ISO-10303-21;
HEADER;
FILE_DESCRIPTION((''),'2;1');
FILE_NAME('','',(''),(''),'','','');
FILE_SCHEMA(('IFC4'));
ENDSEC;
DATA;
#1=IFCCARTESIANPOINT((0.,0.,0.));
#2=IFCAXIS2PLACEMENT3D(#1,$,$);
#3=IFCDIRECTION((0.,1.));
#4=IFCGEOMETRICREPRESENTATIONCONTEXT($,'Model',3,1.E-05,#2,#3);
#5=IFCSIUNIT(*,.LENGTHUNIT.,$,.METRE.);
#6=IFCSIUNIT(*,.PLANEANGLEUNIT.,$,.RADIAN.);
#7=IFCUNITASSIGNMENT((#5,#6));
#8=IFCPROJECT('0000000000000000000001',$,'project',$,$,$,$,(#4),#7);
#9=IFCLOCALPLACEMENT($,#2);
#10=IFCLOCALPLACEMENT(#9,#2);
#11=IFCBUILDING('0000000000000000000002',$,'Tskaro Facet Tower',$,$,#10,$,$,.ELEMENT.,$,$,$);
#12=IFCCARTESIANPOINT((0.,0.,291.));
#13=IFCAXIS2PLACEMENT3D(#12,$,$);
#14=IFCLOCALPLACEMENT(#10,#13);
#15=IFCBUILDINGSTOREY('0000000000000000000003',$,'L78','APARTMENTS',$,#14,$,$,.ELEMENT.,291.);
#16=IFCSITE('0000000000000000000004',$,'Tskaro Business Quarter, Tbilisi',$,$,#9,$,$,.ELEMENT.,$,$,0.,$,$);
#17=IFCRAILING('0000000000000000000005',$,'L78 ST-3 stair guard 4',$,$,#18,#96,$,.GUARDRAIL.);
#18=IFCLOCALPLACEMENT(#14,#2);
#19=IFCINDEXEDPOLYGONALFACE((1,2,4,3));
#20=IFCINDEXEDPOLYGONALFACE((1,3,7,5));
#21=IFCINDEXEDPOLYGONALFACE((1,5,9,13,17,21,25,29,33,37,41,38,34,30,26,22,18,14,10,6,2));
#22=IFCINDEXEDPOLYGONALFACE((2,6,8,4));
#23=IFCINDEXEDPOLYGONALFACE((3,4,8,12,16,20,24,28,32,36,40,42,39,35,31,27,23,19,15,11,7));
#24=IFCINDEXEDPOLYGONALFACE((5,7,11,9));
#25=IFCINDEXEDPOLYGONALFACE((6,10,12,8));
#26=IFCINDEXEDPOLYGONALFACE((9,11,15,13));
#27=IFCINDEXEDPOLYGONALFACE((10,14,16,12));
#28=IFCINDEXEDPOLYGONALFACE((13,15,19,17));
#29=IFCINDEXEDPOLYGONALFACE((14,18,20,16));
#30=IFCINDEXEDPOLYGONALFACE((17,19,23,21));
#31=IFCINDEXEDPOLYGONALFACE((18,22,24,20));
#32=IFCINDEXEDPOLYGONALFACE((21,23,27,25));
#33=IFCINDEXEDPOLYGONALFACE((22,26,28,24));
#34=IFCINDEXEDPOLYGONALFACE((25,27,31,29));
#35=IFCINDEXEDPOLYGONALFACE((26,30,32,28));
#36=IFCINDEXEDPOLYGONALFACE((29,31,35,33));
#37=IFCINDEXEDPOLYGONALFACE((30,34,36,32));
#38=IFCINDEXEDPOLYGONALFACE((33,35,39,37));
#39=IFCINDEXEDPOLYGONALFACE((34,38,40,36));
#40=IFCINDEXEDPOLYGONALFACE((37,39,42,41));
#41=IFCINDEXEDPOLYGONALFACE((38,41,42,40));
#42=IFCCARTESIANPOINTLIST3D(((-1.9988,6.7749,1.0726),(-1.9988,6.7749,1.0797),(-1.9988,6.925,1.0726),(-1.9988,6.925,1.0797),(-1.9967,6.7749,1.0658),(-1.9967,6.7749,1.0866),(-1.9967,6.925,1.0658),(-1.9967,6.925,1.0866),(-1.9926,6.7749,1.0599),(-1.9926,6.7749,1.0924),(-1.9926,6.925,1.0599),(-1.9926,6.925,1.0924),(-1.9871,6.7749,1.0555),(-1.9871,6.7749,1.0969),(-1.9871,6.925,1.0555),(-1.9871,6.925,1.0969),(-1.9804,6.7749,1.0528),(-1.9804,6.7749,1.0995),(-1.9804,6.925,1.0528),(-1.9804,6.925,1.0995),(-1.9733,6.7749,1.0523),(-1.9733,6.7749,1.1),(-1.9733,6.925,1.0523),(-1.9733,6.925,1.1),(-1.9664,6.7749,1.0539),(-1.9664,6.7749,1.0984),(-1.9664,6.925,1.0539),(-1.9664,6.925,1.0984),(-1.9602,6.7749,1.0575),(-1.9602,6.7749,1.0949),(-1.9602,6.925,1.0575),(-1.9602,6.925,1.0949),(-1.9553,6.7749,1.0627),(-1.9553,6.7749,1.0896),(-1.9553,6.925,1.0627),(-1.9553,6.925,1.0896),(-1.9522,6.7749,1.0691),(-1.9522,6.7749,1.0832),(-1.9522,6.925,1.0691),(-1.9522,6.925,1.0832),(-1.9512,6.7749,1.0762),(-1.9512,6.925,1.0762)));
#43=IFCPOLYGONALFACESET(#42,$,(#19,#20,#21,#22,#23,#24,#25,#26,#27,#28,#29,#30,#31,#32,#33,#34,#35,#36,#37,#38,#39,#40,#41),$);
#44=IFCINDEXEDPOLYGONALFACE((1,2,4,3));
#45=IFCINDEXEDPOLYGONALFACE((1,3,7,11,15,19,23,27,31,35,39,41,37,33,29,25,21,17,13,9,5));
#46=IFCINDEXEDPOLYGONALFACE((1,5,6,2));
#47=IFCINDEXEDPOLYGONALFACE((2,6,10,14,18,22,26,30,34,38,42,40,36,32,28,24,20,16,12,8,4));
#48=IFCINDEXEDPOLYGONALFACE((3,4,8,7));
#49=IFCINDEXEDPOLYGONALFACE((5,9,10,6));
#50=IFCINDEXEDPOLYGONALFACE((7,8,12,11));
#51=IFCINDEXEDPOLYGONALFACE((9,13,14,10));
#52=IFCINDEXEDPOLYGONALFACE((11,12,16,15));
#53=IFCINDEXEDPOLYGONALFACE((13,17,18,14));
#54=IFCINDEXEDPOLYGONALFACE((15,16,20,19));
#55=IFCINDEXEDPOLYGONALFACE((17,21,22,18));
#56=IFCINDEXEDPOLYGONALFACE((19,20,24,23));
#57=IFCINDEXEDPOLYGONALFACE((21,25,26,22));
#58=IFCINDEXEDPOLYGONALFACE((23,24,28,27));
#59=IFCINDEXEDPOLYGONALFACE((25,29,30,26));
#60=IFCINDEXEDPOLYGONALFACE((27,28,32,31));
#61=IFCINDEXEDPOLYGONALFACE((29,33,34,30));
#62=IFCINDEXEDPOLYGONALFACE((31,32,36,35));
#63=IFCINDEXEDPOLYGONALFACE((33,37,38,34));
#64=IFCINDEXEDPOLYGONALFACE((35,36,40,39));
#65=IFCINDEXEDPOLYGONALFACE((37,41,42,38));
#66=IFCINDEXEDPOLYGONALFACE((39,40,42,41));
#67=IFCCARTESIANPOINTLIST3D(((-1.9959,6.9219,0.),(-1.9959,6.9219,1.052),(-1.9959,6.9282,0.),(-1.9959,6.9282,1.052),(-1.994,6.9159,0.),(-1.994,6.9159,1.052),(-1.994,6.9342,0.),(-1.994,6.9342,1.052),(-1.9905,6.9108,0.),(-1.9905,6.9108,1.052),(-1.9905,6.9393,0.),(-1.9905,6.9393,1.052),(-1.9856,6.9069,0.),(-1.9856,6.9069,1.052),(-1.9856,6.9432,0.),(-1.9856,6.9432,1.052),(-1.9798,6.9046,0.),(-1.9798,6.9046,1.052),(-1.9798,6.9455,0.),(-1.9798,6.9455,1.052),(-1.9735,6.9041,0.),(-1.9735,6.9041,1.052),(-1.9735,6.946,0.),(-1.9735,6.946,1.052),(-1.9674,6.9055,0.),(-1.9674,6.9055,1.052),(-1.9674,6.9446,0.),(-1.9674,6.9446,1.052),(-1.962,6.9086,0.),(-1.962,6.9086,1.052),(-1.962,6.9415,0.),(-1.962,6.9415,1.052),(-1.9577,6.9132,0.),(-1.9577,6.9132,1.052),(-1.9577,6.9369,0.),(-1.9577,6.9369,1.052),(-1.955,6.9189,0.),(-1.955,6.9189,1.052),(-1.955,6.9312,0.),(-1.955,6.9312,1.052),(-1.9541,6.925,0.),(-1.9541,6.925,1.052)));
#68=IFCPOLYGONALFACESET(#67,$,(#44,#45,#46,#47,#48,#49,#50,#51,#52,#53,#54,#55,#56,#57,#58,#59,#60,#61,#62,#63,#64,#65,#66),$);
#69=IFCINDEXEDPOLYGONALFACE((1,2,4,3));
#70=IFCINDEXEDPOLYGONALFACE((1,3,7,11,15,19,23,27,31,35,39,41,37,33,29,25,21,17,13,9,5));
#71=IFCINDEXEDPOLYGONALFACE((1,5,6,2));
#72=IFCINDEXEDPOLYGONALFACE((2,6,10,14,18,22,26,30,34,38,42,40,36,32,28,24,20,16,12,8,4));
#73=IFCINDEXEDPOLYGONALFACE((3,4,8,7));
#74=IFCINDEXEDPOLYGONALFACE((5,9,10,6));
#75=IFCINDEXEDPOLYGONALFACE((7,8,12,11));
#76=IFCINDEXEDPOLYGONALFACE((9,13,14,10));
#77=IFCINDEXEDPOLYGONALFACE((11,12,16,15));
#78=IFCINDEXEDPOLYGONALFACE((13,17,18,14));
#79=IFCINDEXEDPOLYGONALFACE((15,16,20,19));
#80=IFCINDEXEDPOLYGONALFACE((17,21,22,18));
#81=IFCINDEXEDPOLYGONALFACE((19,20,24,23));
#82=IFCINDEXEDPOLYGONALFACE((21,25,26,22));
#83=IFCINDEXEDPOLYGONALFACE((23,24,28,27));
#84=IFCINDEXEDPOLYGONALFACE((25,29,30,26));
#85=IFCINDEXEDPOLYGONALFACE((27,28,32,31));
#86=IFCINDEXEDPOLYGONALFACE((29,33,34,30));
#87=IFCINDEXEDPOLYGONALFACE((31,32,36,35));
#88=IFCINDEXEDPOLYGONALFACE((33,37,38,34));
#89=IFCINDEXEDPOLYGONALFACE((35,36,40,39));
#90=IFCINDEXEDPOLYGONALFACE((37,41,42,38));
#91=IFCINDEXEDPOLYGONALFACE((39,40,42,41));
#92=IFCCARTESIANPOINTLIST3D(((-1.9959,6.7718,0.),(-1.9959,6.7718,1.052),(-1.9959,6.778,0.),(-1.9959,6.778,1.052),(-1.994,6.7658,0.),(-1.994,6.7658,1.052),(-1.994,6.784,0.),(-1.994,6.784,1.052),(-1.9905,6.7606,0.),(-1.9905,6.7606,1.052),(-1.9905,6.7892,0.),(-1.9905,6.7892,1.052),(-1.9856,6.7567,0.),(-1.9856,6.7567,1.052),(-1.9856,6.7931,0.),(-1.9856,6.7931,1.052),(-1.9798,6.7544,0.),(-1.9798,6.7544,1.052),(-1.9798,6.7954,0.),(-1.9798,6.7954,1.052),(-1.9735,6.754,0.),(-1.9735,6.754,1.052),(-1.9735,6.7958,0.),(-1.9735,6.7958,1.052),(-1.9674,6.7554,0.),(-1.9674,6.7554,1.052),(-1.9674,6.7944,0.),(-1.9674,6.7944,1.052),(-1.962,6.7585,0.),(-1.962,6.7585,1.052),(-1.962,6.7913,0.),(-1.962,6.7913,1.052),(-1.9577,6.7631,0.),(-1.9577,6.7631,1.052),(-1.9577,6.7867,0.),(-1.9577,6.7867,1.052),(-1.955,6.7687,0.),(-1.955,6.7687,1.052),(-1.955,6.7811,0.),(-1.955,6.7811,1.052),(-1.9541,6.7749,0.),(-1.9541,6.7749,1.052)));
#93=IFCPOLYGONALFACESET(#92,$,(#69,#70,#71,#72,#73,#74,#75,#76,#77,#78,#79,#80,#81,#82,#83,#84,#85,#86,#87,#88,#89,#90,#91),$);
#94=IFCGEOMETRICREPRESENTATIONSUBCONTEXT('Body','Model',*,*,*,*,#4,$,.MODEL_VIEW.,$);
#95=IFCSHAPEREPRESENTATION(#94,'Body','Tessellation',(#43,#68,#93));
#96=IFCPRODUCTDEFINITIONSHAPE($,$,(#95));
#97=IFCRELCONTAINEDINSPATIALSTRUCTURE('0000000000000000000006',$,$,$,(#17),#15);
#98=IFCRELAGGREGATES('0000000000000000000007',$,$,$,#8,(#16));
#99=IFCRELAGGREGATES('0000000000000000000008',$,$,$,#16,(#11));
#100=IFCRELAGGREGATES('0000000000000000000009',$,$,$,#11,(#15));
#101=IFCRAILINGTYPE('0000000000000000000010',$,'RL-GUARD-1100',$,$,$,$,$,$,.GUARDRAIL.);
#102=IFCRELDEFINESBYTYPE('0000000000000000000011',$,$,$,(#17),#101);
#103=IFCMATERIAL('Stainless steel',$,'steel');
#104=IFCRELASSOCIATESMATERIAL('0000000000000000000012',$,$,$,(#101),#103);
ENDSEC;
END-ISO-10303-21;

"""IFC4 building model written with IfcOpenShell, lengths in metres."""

from ifc_helpers import new_model, si_unit, direction, frame, origin, origin_2d, place, context, subcontext, project, spatial, circle, extrude, material, type_object, element, save


model = new_model("IFC4")

# Units and contexts
model_context = context("Model", 3, precision=1e-05, world=origin(), true_north=direction((0.0, 1.0)))
body_context = subcontext(model_context, "Body", "Model", "MODEL_VIEW")
ifc_project = project(units=[si_unit("LENGTHUNIT", "METRE"), si_unit("PLANEANGLEUNIT", "RADIAN")], contexts=[model_context])

# Site, building, storey
site_placement = place(None, origin())
site = spatial("IfcSite", under=ifc_project, at=site_placement, Name="Tskaro Business Quarter, Tbilisi", CompositionType="ELEMENT", RefElevation=0.0)
building_placement = place(site_placement, origin())
building = spatial("IfcBuilding", under=site, at=building_placement, Name="Tskaro Facet Tower", CompositionType="ELEMENT")
storey_placement = place(building_placement, frame((0.0, 0.0, 291.0)))
storey = spatial("IfcBuildingStorey", under=building, at=storey_placement, Name="L78", Description="APARTMENTS", CompositionType="ELEMENT", Elevation=291.0)

# Railing
ifc_material_1 = material(Name="Stainless steel", Category="steel")
railing_type_1 = type_object("IfcRailingType", Name="RL-GUARD-1100", PredefinedType="GUARDRAIL", material=ifc_material_1)
railing_1_placement = place(storey_placement, frame((-1.9751, 6.925, 0.0)))
element("IfcRailing", 1, at=railing_1_placement, inside=storey, type_object=railing_type_1, Name="L78 ST-3 stair guard 4", PredefinedType="GUARDRAIL", context=body_context, shape_type="SweptSolid", body=[
    extrude(circle(Radius=0.0239, at=origin_2d()), frame((0.0, 0.0, 1.0762), z_axis=(0.0, -1.0, 0.0), x_axis=(1.0, 0.0, 0.0)), (0.0, 0.0, 1.0), 0.1501),
    extrude(circle(Radius=0.021, at=origin_2d()), origin(), (0.0, 0.0, 1.0), 1.052),
    extrude(circle(Radius=0.021, at=origin_2d()), frame((0.0, -0.1501, 0.0)), (0.0, 0.0, 1.0), 1.052),
])

save(model, "model.ifc")
